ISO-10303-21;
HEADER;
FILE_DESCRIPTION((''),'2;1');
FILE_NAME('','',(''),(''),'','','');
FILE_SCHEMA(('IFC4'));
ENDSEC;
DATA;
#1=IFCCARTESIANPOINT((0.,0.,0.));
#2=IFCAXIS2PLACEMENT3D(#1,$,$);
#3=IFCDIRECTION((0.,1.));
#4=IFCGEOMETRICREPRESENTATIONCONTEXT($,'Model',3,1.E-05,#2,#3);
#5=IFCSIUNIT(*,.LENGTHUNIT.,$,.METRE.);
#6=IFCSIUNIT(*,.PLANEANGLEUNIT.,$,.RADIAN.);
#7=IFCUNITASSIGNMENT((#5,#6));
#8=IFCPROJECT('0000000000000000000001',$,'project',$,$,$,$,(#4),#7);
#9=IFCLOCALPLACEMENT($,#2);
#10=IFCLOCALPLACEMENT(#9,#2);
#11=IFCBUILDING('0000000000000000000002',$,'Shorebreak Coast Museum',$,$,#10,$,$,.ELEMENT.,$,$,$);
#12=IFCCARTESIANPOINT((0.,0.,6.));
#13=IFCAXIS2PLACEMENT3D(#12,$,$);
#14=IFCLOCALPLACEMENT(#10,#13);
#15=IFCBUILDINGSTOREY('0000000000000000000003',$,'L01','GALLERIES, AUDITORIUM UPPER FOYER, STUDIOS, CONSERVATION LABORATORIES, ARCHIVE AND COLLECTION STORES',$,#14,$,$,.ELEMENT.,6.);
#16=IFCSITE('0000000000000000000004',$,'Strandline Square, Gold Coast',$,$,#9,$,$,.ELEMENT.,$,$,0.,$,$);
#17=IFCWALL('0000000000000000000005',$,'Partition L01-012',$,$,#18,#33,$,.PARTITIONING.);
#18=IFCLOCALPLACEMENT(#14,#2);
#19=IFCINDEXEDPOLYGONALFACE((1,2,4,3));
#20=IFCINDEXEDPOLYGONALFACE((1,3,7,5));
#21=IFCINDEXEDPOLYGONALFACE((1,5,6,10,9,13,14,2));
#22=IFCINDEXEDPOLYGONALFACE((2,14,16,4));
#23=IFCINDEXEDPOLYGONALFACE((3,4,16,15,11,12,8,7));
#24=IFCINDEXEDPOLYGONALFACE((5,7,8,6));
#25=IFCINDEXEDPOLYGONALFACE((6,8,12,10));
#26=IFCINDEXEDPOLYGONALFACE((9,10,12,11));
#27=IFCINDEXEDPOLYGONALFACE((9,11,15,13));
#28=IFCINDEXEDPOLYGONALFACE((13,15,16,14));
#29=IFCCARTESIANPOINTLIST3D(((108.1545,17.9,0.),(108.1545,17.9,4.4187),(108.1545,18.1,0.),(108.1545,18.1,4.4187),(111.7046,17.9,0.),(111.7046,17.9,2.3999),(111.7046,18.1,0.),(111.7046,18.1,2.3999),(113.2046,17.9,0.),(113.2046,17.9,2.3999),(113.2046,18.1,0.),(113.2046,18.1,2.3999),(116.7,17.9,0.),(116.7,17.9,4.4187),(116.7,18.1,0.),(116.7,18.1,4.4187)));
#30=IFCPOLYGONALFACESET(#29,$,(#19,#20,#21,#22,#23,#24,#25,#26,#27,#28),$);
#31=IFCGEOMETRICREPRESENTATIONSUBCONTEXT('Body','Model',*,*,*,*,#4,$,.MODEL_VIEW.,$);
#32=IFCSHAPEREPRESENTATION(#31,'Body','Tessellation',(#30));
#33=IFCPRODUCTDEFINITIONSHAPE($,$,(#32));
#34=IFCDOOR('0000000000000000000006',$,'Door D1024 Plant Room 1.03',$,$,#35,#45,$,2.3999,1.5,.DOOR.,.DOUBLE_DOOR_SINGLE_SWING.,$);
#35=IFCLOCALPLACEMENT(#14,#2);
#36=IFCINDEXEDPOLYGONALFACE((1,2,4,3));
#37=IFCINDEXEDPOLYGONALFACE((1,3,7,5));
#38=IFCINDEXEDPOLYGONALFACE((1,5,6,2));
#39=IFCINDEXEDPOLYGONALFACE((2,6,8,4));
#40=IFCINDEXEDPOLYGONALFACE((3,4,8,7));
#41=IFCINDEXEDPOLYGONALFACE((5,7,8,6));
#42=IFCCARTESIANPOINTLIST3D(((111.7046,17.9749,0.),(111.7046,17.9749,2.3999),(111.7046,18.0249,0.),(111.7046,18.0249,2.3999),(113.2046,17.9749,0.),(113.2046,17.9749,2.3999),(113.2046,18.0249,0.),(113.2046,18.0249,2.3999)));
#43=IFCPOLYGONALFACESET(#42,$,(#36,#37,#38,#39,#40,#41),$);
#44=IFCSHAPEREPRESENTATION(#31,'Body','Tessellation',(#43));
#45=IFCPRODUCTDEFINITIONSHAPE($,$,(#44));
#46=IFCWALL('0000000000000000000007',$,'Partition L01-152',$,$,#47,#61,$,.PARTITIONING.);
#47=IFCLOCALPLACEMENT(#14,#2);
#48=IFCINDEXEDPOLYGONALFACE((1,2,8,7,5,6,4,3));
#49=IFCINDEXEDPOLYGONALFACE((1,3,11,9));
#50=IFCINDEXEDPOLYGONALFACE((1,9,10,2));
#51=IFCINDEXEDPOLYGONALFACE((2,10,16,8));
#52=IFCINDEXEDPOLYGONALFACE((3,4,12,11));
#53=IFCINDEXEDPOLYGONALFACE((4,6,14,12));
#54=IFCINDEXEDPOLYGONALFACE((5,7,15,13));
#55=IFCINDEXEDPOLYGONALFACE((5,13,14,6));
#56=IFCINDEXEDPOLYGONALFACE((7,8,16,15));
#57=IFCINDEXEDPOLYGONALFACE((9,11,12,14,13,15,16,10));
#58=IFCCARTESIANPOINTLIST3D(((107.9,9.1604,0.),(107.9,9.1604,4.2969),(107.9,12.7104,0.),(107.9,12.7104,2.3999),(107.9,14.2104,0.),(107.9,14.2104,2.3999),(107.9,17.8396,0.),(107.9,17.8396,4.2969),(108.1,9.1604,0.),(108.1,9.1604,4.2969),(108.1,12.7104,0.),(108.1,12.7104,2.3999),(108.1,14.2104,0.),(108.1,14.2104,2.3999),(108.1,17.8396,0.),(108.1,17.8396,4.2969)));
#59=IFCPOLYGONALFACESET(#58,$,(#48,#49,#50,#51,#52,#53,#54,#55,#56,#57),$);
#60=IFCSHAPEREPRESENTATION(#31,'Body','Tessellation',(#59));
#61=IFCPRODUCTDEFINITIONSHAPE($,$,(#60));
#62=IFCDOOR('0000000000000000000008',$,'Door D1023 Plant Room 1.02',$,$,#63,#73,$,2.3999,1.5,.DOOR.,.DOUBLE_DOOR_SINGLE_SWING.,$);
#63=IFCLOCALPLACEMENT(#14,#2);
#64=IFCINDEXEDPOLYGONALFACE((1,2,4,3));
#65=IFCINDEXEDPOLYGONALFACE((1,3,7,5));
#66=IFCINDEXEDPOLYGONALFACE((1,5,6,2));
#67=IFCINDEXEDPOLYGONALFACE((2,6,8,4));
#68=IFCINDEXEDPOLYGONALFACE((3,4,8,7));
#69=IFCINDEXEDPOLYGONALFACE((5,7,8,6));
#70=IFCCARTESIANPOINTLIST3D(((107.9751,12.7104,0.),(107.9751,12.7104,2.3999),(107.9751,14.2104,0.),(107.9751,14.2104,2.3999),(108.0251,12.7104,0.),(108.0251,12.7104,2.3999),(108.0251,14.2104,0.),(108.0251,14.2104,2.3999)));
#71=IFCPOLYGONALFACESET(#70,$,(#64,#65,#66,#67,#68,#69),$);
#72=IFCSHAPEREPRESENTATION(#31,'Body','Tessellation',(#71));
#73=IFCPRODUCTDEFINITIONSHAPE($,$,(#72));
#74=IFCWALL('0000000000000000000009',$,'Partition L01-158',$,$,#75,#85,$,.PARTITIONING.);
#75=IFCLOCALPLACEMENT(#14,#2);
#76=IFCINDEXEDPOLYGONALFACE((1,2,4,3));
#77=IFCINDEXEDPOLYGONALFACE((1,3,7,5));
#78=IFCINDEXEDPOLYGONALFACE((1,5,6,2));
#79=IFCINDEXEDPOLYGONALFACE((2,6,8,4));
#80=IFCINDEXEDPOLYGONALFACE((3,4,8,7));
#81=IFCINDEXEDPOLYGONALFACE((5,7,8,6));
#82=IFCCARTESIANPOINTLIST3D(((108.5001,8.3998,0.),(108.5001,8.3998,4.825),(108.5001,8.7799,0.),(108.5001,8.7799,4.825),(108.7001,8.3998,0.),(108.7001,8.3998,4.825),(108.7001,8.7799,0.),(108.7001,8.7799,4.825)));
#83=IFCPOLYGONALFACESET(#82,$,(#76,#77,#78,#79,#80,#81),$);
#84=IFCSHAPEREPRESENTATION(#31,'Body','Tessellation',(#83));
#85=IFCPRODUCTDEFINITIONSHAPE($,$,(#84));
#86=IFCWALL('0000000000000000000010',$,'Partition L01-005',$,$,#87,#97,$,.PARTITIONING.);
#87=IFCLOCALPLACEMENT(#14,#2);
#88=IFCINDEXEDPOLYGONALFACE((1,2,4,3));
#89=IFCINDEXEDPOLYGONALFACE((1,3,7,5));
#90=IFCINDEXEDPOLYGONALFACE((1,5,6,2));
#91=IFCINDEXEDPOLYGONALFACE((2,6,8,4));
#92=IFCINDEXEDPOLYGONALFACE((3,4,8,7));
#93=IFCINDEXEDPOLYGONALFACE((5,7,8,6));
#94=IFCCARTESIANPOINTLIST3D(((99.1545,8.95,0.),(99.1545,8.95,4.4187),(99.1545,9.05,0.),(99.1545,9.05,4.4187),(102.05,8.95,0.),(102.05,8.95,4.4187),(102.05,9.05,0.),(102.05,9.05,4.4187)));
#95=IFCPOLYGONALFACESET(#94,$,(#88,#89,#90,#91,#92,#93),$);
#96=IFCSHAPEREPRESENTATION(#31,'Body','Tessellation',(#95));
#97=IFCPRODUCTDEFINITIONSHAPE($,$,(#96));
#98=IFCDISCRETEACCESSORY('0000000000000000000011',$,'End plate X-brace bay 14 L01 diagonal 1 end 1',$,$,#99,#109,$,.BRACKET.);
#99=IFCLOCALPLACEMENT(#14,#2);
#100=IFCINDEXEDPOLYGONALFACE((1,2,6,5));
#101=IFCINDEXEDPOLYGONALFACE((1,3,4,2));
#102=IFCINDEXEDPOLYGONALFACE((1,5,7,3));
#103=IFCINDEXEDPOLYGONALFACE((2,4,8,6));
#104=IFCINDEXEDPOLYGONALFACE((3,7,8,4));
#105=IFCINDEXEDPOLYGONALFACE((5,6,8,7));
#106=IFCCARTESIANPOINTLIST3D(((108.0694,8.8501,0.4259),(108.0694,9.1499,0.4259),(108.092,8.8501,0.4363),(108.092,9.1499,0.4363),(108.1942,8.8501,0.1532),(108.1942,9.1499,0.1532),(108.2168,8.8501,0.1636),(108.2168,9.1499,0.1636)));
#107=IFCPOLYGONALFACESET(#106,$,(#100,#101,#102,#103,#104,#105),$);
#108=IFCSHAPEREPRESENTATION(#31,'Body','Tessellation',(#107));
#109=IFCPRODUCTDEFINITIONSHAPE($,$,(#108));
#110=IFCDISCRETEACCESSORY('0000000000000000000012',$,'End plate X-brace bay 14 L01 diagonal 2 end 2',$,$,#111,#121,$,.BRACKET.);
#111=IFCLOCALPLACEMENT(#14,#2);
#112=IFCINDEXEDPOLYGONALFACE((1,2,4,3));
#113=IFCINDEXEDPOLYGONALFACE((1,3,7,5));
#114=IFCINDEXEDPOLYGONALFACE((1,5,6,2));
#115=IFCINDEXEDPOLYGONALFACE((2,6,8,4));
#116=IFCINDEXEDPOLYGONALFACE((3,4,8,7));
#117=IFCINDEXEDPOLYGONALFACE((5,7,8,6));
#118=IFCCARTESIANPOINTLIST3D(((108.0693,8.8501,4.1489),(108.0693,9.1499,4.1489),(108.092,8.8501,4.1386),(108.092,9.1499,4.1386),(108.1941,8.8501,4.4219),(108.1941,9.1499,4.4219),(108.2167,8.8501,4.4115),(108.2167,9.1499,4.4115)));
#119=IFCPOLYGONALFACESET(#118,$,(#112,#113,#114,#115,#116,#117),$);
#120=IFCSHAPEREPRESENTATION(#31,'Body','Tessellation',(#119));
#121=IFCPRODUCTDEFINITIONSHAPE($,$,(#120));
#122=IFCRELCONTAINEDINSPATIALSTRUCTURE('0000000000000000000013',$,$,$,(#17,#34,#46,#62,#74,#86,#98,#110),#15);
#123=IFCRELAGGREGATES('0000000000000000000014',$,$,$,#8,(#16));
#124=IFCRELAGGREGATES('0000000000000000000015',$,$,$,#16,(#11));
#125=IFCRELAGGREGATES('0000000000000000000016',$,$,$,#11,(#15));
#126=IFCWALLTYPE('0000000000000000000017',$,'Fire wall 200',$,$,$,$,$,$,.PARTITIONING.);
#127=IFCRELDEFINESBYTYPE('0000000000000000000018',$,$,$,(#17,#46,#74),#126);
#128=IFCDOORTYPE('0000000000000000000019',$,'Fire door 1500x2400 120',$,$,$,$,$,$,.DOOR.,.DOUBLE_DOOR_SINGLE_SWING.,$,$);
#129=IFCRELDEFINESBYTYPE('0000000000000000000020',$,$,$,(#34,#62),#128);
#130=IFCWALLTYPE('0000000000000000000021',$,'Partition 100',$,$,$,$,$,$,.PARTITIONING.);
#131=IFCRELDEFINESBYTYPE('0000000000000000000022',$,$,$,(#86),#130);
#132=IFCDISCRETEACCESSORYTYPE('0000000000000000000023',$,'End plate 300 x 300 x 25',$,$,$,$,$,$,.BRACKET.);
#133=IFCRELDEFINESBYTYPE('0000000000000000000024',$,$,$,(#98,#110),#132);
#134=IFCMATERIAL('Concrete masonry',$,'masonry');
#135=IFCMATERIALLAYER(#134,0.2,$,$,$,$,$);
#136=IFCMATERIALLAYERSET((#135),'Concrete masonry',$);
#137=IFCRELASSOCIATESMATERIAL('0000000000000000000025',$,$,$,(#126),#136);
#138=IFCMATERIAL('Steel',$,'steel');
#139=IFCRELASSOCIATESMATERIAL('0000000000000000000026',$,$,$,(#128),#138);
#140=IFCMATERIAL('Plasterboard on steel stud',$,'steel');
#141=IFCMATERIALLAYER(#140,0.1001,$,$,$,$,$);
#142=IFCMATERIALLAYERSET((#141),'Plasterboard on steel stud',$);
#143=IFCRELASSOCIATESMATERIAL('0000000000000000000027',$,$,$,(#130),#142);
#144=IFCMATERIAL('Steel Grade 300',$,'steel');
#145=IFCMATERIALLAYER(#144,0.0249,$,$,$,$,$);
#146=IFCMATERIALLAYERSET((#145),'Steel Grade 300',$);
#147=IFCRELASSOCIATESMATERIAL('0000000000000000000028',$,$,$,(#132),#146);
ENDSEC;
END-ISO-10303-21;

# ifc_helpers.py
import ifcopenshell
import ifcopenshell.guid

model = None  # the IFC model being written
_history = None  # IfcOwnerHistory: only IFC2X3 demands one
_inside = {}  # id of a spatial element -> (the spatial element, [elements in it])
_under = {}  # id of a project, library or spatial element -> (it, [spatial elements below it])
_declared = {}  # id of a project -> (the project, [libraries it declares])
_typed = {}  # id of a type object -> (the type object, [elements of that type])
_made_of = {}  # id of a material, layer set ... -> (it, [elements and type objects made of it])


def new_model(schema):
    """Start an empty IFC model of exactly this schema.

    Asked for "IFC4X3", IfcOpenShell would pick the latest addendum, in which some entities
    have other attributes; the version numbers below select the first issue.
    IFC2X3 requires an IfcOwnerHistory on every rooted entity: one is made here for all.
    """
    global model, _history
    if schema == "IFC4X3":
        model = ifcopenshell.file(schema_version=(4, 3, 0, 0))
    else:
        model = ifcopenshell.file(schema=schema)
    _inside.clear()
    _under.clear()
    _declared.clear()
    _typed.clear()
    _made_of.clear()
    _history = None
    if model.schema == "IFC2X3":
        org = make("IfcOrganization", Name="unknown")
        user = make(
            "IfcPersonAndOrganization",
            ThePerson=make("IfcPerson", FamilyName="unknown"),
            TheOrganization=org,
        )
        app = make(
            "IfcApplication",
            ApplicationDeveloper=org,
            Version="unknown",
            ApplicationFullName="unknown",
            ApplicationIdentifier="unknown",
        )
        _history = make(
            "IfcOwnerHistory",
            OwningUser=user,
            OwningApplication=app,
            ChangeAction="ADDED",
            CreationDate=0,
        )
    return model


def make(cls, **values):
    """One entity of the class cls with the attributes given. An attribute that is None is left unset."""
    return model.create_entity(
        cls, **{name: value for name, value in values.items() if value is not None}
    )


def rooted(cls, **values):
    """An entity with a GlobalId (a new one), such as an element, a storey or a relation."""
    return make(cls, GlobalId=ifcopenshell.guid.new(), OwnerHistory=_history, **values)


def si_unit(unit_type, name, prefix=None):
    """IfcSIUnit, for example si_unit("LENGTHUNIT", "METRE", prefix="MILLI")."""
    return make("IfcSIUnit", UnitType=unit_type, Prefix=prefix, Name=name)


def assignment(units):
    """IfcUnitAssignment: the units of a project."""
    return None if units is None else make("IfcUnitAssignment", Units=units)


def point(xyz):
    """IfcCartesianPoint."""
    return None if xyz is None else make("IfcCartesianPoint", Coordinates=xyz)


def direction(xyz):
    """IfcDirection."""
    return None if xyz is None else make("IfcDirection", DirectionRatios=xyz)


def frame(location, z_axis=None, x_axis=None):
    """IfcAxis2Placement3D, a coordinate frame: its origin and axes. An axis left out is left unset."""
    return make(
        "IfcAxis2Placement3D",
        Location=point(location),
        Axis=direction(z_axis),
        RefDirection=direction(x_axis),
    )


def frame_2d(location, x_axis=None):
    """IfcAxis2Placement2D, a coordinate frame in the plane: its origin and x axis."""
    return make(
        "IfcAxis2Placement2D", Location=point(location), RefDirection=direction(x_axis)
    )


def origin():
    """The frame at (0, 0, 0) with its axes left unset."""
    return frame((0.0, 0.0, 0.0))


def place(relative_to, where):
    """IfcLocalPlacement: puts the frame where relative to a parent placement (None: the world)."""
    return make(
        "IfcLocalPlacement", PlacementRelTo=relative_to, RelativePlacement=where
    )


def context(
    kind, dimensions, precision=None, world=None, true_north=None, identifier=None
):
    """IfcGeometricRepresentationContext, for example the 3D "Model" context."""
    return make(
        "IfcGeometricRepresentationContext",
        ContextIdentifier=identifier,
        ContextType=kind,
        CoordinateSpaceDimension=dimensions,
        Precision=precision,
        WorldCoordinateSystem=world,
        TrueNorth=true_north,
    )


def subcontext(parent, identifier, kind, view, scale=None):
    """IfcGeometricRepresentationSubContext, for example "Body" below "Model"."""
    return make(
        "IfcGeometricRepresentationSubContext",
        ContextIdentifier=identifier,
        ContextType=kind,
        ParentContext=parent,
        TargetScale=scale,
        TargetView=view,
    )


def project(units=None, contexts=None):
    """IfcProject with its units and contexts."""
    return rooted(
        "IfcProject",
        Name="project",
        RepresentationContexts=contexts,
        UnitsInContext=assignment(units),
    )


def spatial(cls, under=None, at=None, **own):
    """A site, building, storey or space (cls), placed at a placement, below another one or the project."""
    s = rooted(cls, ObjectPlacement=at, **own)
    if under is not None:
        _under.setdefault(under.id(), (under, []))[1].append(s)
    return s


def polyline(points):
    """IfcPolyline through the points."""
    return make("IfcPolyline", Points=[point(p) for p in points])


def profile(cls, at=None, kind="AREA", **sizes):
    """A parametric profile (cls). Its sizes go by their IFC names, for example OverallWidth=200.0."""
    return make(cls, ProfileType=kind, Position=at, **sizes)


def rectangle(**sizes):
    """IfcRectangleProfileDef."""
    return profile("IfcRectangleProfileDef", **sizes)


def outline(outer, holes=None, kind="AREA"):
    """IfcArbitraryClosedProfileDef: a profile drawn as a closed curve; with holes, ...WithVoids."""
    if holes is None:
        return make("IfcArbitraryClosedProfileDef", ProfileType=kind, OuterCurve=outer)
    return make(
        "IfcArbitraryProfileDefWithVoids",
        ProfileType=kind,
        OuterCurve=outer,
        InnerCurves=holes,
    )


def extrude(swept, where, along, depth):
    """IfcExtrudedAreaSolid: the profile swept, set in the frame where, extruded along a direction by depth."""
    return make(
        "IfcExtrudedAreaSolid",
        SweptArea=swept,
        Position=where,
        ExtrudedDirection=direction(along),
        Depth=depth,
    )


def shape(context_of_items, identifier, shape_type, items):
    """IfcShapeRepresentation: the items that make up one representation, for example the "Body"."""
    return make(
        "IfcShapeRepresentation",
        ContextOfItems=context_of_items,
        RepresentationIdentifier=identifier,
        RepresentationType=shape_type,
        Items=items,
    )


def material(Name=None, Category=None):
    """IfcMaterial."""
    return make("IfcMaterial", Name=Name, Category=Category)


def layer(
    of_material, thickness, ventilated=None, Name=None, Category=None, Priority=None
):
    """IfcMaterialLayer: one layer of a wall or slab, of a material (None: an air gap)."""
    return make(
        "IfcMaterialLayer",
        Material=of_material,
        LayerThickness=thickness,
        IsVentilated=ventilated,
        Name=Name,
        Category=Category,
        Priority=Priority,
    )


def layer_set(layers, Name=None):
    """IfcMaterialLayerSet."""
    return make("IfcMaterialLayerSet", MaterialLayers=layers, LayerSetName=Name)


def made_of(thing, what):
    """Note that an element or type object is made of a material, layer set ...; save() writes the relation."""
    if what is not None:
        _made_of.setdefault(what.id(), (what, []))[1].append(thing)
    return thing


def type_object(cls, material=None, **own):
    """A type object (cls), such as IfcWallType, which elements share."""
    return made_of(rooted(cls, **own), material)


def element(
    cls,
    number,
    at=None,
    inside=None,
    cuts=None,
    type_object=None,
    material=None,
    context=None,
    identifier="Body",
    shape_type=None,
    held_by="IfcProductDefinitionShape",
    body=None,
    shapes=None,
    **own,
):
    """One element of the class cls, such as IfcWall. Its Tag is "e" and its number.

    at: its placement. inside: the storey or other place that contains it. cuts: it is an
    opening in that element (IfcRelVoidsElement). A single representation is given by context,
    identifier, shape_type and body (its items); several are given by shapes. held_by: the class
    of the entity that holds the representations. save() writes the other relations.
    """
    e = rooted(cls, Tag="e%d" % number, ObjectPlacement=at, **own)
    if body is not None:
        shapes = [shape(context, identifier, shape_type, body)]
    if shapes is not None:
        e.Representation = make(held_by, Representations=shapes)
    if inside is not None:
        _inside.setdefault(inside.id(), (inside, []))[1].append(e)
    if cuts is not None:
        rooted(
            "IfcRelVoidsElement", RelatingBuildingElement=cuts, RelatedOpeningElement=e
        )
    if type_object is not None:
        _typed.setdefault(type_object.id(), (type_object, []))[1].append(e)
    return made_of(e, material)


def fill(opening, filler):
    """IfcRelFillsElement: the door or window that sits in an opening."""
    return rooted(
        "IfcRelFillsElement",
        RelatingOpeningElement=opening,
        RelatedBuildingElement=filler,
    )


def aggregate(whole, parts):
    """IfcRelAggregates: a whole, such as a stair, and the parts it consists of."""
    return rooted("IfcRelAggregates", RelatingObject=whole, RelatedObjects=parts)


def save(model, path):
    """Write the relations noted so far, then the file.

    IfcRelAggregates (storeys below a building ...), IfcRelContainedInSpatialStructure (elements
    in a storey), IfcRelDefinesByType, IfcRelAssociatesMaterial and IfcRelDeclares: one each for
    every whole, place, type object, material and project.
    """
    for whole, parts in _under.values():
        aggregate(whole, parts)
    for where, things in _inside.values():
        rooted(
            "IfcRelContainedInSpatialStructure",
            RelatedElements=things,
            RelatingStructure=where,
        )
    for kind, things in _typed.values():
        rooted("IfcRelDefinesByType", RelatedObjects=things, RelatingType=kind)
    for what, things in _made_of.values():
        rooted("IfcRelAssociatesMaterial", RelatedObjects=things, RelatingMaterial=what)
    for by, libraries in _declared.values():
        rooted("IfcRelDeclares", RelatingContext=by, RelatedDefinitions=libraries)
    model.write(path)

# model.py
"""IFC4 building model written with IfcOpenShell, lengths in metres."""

from ifc_helpers import new_model, si_unit, direction, frame, frame_2d, origin, place, context, subcontext, project, spatial, polyline, rectangle, outline, extrude, material, layer, layer_set, type_object, element, fill, save


model = new_model("IFC4")

# Units and contexts
model_context = context("Model", 3, precision=1e-05, world=origin(), true_north=direction((0.0, 1.0)))
body_context = subcontext(model_context, "Body", "Model", "MODEL_VIEW")
ifc_project = project(units=[si_unit("LENGTHUNIT", "METRE"), si_unit("PLANEANGLEUNIT", "RADIAN")], contexts=[model_context])

# Site, building, storey
site_placement = place(None, origin())
site = spatial("IfcSite", under=ifc_project, at=site_placement, Name="Strandline Square, Gold Coast", CompositionType="ELEMENT", RefElevation=0.0)
building_placement = place(site_placement, origin())
building = spatial("IfcBuilding", under=site, at=building_placement, Name="Shorebreak Coast Museum", CompositionType="ELEMENT")
storey_placement = place(building_placement, frame((0.0, 0.0, 6.0)))
storey = spatial("IfcBuildingStorey", under=building, at=storey_placement, Name="L01", Description="GALLERIES, AUDITORIUM UPPER FOYER, STUDIOS, CONSERVATION LABORATORIES, ARCHIVE AND COLLECTION STORES", CompositionType="ELEMENT", Elevation=6.0)

# Walls, openings, doors
ifc_material_1 = material(Name="Concrete masonry", Category="masonry")
ifc_layer_1 = layer(ifc_material_1, 0.2)
ifc_layer_set_1 = layer_set([ifc_layer_1], Name="Concrete masonry")
wall_type_1 = type_object("IfcWallType", Name="Fire wall 200", PredefinedType="PARTITIONING", material=ifc_layer_set_1)
wall_1_placement = place(storey_placement, frame((108.1545, 18.0, 0.0), z_axis=(0.0, 0.0, 1.0), x_axis=(1.0, 0.0, 0.0)))
wall_1 = element("IfcWall", 1, at=wall_1_placement, inside=storey, type_object=wall_type_1, Name="Partition L01-012", PredefinedType="PARTITIONING", context=body_context, shape_type="SweptSolid", body=[
    extrude(rectangle(XDim=8.5454, YDim=0.2, at=frame_2d((4.2727, 0.0))), origin(), (0.0, 0.0, 1.0), 4.4187),
])
opening_1_placement = place(wall_1_placement, frame((3.55, 0.0, 0.0)))
opening_1 = element("IfcOpeningElement", 2, at=opening_1_placement, cuts=wall_1, PredefinedType="OPENING", context=body_context, shape_type="SweptSolid", body=[
    extrude(rectangle(XDim=1.5, YDim=2.3999, at=frame_2d((0.75, 1.2))), frame((0.0, 0.1099, 0.0), z_axis=(0.0, -1.0, 0.0), x_axis=(1.0, 0.0, 0.0)), (0.0, 0.0, 1.0), 0.22),
])
ifc_material_2 = material(Name="Steel", Category="steel")
door_type = type_object("IfcDoorType", Name="Fire door 1500x2400 120", OperationType="DOUBLE_DOOR_SINGLE_SWING", PredefinedType="DOOR", material=ifc_material_2)
door_1_placement = place(opening_1_placement, origin())
door_1 = element("IfcDoor", 3, at=door_1_placement, inside=storey, type_object=door_type, Name="Door D1024 Plant Room 1.03", OperationType="DOUBLE_DOOR_SINGLE_SWING", OverallHeight=2.3999, OverallWidth=1.5, PredefinedType="DOOR", context=body_context, shape_type="SweptSolid", body=[
    extrude(rectangle(XDim=1.5, YDim=2.3999, at=frame_2d((0.75, 1.2))), frame((0.0, 0.0249, 0.0), z_axis=(0.0, -1.0, 0.0), x_axis=(1.0, 0.0, 0.0)), (0.0, 0.0, 1.0), 0.05),
])
fill(opening_1, door_1)
wall_2_placement = place(storey_placement, frame((108.0, 9.1604, 0.0), z_axis=(0.0, 0.0, 1.0), x_axis=(0.0, 1.0, 0.0)))
wall_2 = element("IfcWall", 4, at=wall_2_placement, inside=storey, type_object=wall_type_1, Name="Partition L01-152", PredefinedType="PARTITIONING", context=body_context, shape_type="SweptSolid", body=[
    extrude(rectangle(XDim=8.6792, YDim=0.2, at=frame_2d((4.3396, 0.0))), origin(), (0.0, 0.0, 1.0), 4.2969),
])
opening_2_placement = place(wall_2_placement, frame((3.55, 0.0, 0.0)))
opening_2 = element("IfcOpeningElement", 5, at=opening_2_placement, cuts=wall_2, PredefinedType="OPENING", context=body_context, shape_type="SweptSolid", body=[
    extrude(rectangle(XDim=1.5, YDim=2.3999, at=frame_2d((0.75, 1.2))), frame((0.0, 0.1099, 0.0), z_axis=(0.0, -1.0, 0.0), x_axis=(1.0, 0.0, 0.0)), (0.0, 0.0, 1.0), 0.22),
])
door_2_placement = place(opening_2_placement, origin())
door_2 = element("IfcDoor", 6, at=door_2_placement, inside=storey, type_object=door_type, Name="Door D1023 Plant Room 1.02", OperationType="DOUBLE_DOOR_SINGLE_SWING", OverallHeight=2.3999, OverallWidth=1.5, PredefinedType="DOOR", context=body_context, shape_type="SweptSolid", body=[
    extrude(rectangle(XDim=1.5, YDim=2.3999, at=frame_2d((0.75, 1.2))), frame((0.0, 0.0249, 0.0), z_axis=(0.0, -1.0, 0.0), x_axis=(1.0, 0.0, 0.0)), (0.0, 0.0, 1.0), 0.05),
])
fill(opening_2, door_2)

# Walls
wall_3_placement = place(storey_placement, frame((108.6001, 8.3999, 0.0), z_axis=(0.0, 0.0, 1.0), x_axis=(0.0, 1.0, 0.0)))
element("IfcWall", 7, at=wall_3_placement, inside=storey, type_object=wall_type_1, Name="Partition L01-158", PredefinedType="PARTITIONING", context=body_context, shape_type="SweptSolid", body=[
    extrude(rectangle(XDim=0.3801, YDim=0.2, at=frame_2d((0.1899, 0.0))), origin(), (0.0, 0.0, 1.0), 4.825),
])
ifc_material_3 = material(Name="Plasterboard on steel stud", Category="steel")
ifc_layer_2 = layer(ifc_material_3, 0.1001)
ifc_layer_set_2 = layer_set([ifc_layer_2], Name="Plasterboard on steel stud")
wall_type_2 = type_object("IfcWallType", Name="Partition 100", PredefinedType="PARTITIONING", material=ifc_layer_set_2)
wall_4_placement = place(storey_placement, frame((99.1545, 9.0, 0.0), z_axis=(0.0, 0.0, 1.0), x_axis=(1.0, 0.0, 0.0)))
element("IfcWall", 8, at=wall_4_placement, inside=storey, type_object=wall_type_2, Name="Partition L01-005", PredefinedType="PARTITIONING", context=body_context, shape_type="SweptSolid", body=[
    extrude(rectangle(XDim=2.8955, YDim=0.1001, at=frame_2d((1.4478, 0.0))), origin(), (0.0, 0.0, 1.0), 4.4187),
])

# Discrete accessories
ifc_material_4 = material(Name="Steel Grade 300", Category="steel")
ifc_layer_3 = layer(ifc_material_4, 0.0249)
ifc_layer_set_3 = layer_set([ifc_layer_3], Name="Steel Grade 300")
discrete_accessory_type = type_object("IfcDiscreteAccessoryType", Name="End plate 300 x 300 x 25", PredefinedType="BRACKET", material=ifc_layer_set_3)
discrete_accessory_1_placement = place(storey_placement, frame((108.2168, 8.8501, 0.1636), z_axis=(0.90936, 0.0, 0.41601), x_axis=(0.0, 1.0, 0.0)))
element("IfcDiscreteAccessory", 9, at=discrete_accessory_1_placement, inside=storey, type_object=discrete_accessory_type, Name="End plate X-brace bay 14 L01 diagonal 1 end 1", PredefinedType="BRACKET", context=body_context, shape_type="SweptSolid", body=[
    extrude(outline(polyline([(0.0, 0.0), (0.2998, 0.0), (0.2998, 0.2999), (0.0, 0.2999), (0.0, 0.0)])), origin(), (0.0, 0.0, -1.0), 0.0249),
])
discrete_accessory_2_placement = place(storey_placement, frame((108.0693, 9.1499, 4.1489), z_axis=(-0.909501, 0.0, 0.415702), x_axis=(0.0, -1.0, 0.0)))
element("IfcDiscreteAccessory", 10, at=discrete_accessory_2_placement, inside=storey, type_object=discrete_accessory_type, Name="End plate X-brace bay 14 L01 diagonal 2 end 2", PredefinedType="BRACKET", context=body_context, shape_type="SweptSolid", body=[
    extrude(outline(polyline([(0.0, 0.0), (0.2998, 0.0), (0.2998, 0.3001), (0.0, 0.3001), (0.0, 0.0)])), origin(), (0.0, 0.0, -1.0), 0.0249),
])

save(model, "model.ifc")
